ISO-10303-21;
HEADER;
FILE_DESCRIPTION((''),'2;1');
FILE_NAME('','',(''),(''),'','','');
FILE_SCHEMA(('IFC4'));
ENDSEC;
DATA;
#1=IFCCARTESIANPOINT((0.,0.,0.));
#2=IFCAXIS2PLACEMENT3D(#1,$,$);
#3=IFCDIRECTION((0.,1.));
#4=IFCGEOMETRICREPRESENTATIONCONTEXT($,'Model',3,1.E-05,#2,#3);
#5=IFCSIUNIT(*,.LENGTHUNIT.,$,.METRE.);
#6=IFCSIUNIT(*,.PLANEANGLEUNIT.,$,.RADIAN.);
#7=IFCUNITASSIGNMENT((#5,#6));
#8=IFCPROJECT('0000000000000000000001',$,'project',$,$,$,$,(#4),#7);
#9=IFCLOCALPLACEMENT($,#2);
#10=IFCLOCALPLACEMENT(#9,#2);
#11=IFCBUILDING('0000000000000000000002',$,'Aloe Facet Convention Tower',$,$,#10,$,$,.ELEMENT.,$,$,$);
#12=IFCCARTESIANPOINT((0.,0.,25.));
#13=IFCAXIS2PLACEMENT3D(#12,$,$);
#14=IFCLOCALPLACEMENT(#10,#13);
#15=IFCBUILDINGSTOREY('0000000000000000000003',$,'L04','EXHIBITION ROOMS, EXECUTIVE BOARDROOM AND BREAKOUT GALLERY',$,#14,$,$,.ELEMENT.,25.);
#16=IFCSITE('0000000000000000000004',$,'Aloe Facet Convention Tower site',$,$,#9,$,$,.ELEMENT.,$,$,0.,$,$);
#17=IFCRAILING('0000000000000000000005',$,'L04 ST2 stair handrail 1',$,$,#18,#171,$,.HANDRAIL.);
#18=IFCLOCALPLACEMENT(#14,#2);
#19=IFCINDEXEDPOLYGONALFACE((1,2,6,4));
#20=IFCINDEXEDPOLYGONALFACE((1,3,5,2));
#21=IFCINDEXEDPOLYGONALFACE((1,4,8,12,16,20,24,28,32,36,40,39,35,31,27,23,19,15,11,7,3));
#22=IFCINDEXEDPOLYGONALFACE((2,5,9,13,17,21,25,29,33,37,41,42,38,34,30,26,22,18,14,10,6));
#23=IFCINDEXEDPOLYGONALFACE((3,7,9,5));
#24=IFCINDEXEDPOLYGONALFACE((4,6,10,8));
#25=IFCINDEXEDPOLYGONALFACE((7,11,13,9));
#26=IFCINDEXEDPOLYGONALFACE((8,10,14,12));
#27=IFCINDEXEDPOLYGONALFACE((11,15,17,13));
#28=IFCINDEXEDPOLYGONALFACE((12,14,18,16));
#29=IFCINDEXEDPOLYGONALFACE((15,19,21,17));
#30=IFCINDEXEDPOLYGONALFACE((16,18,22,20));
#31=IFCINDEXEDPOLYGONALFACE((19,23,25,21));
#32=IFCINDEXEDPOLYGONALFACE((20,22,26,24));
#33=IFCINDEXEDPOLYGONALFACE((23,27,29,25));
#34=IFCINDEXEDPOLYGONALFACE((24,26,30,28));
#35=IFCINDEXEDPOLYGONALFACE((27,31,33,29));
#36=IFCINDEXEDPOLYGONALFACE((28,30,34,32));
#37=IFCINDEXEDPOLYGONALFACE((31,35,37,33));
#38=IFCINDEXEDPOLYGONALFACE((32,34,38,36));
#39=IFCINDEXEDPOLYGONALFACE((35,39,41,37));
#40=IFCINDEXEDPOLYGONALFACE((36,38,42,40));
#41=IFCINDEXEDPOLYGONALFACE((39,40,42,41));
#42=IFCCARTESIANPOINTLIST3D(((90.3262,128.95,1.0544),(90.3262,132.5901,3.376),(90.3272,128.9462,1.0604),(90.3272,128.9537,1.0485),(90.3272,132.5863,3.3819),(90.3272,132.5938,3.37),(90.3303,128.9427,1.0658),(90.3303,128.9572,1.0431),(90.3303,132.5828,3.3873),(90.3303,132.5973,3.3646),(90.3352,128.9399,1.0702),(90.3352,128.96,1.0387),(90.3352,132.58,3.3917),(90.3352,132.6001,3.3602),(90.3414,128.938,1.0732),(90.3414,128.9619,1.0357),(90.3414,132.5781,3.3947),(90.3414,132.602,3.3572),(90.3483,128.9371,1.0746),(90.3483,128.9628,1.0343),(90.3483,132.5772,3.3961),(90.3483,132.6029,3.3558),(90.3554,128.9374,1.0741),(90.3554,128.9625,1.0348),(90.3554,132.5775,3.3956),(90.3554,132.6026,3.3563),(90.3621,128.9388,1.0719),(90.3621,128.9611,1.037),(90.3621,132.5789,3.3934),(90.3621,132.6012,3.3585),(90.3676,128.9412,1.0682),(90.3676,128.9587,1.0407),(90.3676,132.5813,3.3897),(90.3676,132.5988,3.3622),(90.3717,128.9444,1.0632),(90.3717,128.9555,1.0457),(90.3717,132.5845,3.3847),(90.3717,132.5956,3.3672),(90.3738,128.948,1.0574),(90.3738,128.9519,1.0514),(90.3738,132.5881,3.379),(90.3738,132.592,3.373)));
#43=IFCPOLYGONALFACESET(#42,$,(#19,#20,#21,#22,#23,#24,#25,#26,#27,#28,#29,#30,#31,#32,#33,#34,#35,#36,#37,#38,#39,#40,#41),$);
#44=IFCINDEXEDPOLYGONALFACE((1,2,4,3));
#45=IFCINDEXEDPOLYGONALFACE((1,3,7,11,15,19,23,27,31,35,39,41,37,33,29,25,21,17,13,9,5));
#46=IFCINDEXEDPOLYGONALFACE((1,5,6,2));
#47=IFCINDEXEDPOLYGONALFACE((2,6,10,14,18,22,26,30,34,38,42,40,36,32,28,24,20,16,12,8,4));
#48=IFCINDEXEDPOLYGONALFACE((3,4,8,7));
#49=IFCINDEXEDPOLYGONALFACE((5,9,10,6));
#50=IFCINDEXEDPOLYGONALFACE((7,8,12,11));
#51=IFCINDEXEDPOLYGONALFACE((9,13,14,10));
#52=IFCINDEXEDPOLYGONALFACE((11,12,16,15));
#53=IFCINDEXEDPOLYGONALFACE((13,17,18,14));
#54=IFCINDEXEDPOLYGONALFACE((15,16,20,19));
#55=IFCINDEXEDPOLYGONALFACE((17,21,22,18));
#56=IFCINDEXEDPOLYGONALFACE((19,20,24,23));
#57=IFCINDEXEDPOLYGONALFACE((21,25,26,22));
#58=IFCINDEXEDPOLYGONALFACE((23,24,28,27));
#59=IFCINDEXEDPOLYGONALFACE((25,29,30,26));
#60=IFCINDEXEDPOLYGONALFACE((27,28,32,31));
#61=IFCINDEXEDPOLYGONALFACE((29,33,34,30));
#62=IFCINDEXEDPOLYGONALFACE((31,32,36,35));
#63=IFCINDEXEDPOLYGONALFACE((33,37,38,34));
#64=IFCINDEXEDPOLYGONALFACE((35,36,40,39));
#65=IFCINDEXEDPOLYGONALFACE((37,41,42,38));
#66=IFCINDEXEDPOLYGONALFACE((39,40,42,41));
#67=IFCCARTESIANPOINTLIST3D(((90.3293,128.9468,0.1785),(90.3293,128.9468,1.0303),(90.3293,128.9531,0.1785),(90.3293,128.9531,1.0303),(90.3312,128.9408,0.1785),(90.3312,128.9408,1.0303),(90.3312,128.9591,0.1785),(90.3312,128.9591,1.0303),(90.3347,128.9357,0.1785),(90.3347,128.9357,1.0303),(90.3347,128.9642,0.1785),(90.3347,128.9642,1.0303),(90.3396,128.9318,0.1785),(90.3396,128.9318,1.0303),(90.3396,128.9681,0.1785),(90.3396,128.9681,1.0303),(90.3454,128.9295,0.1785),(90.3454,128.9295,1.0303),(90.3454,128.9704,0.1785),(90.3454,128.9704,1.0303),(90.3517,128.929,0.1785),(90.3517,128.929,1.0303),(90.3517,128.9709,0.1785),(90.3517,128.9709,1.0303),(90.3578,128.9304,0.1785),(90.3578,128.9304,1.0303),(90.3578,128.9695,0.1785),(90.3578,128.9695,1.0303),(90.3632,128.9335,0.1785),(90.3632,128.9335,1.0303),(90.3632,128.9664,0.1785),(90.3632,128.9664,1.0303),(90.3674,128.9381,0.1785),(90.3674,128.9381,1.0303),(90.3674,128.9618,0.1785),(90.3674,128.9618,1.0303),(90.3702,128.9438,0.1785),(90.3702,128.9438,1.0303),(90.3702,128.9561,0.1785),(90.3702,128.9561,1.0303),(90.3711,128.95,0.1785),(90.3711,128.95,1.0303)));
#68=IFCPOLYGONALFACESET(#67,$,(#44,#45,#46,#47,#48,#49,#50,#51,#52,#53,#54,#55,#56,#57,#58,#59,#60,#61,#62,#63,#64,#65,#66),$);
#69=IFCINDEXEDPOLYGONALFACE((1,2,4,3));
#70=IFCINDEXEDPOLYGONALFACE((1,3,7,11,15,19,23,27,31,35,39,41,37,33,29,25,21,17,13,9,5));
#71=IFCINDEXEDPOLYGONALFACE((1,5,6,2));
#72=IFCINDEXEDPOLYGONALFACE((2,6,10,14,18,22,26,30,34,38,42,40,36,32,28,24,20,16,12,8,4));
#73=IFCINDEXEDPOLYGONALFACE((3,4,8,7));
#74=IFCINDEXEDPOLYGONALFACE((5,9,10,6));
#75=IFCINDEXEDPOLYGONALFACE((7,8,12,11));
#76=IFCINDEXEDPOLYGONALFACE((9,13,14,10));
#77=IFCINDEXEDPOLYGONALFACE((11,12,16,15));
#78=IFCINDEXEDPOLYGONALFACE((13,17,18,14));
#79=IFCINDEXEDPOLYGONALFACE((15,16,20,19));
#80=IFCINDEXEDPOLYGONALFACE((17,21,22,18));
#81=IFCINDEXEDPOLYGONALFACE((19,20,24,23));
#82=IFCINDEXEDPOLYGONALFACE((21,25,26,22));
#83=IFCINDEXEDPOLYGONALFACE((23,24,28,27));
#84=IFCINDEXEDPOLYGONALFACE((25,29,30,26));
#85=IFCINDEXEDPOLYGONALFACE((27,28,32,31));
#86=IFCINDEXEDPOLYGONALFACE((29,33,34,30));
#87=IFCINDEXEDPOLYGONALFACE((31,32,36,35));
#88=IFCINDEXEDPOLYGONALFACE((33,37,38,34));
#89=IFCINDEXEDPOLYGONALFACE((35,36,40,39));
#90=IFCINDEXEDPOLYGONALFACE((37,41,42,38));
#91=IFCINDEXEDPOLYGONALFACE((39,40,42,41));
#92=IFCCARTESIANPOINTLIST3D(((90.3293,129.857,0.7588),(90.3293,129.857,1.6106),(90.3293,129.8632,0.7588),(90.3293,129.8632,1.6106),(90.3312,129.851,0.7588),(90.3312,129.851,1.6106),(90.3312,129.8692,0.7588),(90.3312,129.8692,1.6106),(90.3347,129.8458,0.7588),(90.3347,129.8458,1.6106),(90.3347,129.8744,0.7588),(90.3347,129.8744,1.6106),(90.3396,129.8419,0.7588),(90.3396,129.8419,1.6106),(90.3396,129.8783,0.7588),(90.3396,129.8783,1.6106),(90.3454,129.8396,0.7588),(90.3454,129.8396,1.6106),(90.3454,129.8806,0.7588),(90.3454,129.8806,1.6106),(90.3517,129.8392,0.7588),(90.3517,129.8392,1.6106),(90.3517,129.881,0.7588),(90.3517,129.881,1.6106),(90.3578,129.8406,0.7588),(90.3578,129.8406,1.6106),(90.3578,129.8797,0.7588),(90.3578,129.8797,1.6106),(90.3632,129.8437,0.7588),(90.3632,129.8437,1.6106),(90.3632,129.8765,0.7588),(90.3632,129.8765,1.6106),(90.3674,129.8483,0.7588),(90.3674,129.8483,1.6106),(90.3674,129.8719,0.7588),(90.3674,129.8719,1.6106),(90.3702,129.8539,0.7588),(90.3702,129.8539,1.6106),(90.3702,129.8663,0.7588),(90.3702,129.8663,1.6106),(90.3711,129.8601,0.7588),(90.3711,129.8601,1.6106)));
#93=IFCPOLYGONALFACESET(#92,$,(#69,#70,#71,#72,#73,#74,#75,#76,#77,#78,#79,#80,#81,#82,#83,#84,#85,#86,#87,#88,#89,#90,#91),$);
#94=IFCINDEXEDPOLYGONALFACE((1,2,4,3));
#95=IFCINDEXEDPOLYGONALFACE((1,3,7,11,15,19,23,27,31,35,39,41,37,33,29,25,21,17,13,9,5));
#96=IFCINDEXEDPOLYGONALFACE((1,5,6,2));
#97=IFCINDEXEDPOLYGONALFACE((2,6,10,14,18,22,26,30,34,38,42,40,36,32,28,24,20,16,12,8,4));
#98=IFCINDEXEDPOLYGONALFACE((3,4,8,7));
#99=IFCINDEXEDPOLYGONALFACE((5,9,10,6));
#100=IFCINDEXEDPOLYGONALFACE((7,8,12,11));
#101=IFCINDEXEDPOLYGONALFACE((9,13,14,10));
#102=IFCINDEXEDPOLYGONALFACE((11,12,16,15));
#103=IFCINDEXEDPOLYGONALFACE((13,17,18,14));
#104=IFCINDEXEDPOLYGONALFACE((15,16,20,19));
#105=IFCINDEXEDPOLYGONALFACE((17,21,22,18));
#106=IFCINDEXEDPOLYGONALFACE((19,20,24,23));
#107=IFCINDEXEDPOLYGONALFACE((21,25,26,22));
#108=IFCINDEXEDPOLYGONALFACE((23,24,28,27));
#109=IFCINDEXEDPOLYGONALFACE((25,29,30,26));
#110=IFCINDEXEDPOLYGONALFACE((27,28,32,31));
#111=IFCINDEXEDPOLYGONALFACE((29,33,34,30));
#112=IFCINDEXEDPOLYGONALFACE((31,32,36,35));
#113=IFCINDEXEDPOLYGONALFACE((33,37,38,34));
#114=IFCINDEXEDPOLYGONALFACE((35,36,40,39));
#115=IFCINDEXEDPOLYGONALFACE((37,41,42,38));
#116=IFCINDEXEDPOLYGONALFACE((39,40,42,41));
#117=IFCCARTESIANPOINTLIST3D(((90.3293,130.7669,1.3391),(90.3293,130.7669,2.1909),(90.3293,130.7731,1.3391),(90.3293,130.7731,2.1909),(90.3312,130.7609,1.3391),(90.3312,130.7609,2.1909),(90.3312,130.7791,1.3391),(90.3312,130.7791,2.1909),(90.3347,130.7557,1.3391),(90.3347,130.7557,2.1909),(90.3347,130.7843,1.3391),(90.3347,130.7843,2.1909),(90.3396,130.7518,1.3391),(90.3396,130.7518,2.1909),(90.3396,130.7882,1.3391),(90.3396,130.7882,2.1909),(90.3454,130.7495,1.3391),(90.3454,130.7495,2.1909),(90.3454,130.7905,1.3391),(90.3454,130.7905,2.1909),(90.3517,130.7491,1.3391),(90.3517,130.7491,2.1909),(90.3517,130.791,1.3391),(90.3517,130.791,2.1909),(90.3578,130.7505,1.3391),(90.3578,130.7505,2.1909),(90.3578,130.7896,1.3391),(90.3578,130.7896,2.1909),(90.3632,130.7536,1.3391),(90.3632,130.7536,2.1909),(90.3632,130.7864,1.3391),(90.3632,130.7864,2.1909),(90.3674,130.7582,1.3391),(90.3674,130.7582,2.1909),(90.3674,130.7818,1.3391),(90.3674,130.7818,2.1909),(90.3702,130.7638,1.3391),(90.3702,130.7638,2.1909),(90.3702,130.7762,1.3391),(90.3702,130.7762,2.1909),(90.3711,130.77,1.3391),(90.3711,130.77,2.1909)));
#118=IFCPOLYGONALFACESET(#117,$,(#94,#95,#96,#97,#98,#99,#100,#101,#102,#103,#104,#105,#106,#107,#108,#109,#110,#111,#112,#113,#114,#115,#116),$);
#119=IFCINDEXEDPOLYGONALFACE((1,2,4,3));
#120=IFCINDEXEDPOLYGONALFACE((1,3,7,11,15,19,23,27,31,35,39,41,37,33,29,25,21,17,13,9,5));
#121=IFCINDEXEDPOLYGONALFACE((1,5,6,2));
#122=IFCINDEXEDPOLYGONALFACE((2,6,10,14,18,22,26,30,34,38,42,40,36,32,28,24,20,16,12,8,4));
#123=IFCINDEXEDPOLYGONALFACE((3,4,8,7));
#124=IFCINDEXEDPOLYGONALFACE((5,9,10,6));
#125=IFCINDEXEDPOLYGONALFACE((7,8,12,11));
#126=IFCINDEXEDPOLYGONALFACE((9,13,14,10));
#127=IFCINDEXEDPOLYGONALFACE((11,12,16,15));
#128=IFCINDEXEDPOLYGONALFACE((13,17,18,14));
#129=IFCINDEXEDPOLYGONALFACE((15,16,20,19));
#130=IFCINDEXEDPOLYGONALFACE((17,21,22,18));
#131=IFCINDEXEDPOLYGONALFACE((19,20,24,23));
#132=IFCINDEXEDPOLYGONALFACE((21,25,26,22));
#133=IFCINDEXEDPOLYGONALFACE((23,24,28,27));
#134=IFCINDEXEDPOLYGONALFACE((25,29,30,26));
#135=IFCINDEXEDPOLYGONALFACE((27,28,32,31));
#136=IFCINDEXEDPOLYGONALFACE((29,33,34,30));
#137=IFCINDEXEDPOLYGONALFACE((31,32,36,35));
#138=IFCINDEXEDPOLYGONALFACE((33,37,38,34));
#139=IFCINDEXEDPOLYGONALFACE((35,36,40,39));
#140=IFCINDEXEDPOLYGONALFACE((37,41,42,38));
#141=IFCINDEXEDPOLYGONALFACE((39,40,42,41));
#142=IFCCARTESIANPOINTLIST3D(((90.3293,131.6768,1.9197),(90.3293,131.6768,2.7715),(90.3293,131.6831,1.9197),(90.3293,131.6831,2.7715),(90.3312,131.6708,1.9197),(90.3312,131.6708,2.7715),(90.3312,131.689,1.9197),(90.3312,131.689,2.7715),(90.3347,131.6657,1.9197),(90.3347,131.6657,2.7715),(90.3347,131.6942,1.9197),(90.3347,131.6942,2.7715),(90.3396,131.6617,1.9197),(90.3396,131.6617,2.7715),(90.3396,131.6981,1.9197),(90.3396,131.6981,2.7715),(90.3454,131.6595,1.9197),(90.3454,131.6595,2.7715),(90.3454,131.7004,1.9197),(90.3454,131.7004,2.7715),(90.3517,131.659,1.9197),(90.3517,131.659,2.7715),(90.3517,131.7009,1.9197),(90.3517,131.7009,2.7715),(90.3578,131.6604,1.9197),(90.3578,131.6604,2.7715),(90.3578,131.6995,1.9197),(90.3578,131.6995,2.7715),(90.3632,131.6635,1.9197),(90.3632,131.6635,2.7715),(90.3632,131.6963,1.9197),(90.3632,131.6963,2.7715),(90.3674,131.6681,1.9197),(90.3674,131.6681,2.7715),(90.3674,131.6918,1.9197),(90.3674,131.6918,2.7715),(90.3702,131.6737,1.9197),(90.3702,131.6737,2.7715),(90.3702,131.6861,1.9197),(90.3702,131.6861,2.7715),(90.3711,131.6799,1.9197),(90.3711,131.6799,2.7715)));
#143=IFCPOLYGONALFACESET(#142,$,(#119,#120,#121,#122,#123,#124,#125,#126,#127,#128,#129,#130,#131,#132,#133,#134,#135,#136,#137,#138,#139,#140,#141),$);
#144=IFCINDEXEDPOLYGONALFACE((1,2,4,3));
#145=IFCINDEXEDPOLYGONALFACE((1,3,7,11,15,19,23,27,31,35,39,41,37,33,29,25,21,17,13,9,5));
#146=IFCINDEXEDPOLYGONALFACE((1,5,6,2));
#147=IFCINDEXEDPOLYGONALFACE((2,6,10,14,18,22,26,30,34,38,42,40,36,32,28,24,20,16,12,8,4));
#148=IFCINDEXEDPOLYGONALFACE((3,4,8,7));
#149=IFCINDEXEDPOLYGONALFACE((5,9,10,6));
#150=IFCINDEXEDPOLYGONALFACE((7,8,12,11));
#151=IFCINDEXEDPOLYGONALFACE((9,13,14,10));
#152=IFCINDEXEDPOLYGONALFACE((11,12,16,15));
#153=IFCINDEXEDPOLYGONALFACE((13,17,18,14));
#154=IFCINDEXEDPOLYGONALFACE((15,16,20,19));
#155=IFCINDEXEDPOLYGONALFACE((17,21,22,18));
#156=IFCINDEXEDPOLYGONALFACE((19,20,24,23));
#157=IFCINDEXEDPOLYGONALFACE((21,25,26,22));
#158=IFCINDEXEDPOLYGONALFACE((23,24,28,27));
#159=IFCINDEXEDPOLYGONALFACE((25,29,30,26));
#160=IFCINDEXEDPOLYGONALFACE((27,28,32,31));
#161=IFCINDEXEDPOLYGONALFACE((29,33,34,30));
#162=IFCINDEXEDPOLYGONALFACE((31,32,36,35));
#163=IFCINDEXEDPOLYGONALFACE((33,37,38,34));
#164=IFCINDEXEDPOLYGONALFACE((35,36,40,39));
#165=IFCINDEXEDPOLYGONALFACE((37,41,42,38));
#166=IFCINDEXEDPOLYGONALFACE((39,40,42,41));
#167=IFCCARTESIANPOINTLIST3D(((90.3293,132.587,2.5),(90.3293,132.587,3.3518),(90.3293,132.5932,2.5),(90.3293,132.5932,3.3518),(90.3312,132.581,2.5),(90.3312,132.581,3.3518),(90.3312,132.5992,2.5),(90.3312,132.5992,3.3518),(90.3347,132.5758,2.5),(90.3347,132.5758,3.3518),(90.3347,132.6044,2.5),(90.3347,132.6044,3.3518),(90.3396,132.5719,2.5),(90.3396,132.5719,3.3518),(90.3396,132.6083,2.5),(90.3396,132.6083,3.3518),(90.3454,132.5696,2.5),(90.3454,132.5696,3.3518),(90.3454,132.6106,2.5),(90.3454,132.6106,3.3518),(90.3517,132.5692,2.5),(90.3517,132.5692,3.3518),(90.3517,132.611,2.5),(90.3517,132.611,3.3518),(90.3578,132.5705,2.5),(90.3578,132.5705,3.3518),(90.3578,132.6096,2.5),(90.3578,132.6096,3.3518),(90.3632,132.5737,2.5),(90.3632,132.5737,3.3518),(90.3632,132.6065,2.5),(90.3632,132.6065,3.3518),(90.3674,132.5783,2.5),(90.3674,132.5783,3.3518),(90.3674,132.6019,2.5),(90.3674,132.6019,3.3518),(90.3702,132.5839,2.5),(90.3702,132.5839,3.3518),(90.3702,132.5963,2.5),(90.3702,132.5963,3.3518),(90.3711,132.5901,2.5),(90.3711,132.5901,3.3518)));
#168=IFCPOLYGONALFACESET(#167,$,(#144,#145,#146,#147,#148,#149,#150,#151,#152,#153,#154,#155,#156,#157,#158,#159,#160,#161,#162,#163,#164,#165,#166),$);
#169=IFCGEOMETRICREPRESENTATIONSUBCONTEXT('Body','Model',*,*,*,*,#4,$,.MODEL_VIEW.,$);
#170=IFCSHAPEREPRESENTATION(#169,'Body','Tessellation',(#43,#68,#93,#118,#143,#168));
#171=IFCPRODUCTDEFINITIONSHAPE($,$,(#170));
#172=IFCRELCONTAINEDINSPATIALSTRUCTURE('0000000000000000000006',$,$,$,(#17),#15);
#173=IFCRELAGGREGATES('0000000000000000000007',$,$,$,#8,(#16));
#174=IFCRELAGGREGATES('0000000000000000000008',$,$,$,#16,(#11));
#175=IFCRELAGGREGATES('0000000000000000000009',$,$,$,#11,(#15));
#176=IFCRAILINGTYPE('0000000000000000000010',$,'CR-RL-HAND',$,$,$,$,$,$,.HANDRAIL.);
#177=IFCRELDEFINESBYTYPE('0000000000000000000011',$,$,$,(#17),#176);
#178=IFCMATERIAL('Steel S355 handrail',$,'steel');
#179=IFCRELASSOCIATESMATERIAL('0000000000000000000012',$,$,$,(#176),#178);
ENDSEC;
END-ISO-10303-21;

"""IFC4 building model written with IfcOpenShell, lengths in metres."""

from ifc_helpers import new_model, si_unit, direction, frame, origin, origin_2d, place, context, subcontext, project, spatial, circle, extrude, material, type_object, element, save


model = new_model("IFC4")

# Units and contexts
model_context = context("Model", 3, precision=1e-05, world=origin(), true_north=direction((0.0, 1.0)))
body_context = subcontext(model_context, "Body", "Model", "MODEL_VIEW")
ifc_project = project(units=[si_unit("LENGTHUNIT", "METRE"), si_unit("PLANEANGLEUNIT", "RADIAN")], contexts=[model_context])

# Site, building, storey
site_placement = place(None, origin())
site = spatial("IfcSite", under=ifc_project, at=site_placement, Name="Aloe Facet Convention Tower site", CompositionType="ELEMENT", RefElevation=0.0)
building_placement = place(site_placement, origin())
building = spatial("IfcBuilding", under=site, at=building_placement, Name="Aloe Facet Convention Tower", CompositionType="ELEMENT")
storey_placement = place(building_placement, frame((0.0, 0.0, 25.0)))
storey = spatial("IfcBuildingStorey", under=building, at=storey_placement, Name="L04", Description="EXHIBITION ROOMS, EXECUTIVE BOARDROOM AND BREAKOUT GALLERY", CompositionType="ELEMENT", Elevation=25.0)

# Railing
ifc_material_1 = material(Name="Steel S355 handrail", Category="steel")
railing_type_1 = type_object("IfcRailingType", Name="CR-RL-HAND", PredefinedType="HANDRAIL", material=ifc_material_1)
railing_1_placement = place(storey_placement, frame((90.3501, 128.95, 0.1785)))
element("IfcRailing", 1, at=railing_1_placement, inside=storey, type_object=railing_type_1, Name="L04 ST2 stair handrail 1", PredefinedType="HANDRAIL", context=body_context, shape_type="SweptSolid", body=[
    extrude(circle(Radius=0.0239, at=origin_2d()), frame((0.0, 0.0, 0.876), z_axis=(0.0, 0.843128, 0.537713), x_axis=(-1.0, 0.0, 0.0)), (0.0, 0.0, 1.0), 4.3174),
    extrude(circle(Radius=0.021, at=origin_2d()), origin(), (0.0, 0.0, 1.0), 0.8518),
    extrude(circle(Radius=0.021, at=origin_2d()), frame((0.0, 0.9102, 0.5803)), (0.0, 0.0, 1.0), 0.8518),
    extrude(circle(Radius=0.021, at=origin_2d()), frame((0.0, 1.8201, 1.1606)), (0.0, 0.0, 1.0), 0.8518),
    extrude(circle(Radius=0.021, at=origin_2d()), frame((0.0, 2.73, 1.7412)), (0.0, 0.0, 1.0), 0.8518),
    extrude(circle(Radius=0.021, at=origin_2d()), frame((0.0, 3.6401, 2.3215)), (0.0, 0.0, 1.0), 0.8518),
])

save(model, "model.ifc")
